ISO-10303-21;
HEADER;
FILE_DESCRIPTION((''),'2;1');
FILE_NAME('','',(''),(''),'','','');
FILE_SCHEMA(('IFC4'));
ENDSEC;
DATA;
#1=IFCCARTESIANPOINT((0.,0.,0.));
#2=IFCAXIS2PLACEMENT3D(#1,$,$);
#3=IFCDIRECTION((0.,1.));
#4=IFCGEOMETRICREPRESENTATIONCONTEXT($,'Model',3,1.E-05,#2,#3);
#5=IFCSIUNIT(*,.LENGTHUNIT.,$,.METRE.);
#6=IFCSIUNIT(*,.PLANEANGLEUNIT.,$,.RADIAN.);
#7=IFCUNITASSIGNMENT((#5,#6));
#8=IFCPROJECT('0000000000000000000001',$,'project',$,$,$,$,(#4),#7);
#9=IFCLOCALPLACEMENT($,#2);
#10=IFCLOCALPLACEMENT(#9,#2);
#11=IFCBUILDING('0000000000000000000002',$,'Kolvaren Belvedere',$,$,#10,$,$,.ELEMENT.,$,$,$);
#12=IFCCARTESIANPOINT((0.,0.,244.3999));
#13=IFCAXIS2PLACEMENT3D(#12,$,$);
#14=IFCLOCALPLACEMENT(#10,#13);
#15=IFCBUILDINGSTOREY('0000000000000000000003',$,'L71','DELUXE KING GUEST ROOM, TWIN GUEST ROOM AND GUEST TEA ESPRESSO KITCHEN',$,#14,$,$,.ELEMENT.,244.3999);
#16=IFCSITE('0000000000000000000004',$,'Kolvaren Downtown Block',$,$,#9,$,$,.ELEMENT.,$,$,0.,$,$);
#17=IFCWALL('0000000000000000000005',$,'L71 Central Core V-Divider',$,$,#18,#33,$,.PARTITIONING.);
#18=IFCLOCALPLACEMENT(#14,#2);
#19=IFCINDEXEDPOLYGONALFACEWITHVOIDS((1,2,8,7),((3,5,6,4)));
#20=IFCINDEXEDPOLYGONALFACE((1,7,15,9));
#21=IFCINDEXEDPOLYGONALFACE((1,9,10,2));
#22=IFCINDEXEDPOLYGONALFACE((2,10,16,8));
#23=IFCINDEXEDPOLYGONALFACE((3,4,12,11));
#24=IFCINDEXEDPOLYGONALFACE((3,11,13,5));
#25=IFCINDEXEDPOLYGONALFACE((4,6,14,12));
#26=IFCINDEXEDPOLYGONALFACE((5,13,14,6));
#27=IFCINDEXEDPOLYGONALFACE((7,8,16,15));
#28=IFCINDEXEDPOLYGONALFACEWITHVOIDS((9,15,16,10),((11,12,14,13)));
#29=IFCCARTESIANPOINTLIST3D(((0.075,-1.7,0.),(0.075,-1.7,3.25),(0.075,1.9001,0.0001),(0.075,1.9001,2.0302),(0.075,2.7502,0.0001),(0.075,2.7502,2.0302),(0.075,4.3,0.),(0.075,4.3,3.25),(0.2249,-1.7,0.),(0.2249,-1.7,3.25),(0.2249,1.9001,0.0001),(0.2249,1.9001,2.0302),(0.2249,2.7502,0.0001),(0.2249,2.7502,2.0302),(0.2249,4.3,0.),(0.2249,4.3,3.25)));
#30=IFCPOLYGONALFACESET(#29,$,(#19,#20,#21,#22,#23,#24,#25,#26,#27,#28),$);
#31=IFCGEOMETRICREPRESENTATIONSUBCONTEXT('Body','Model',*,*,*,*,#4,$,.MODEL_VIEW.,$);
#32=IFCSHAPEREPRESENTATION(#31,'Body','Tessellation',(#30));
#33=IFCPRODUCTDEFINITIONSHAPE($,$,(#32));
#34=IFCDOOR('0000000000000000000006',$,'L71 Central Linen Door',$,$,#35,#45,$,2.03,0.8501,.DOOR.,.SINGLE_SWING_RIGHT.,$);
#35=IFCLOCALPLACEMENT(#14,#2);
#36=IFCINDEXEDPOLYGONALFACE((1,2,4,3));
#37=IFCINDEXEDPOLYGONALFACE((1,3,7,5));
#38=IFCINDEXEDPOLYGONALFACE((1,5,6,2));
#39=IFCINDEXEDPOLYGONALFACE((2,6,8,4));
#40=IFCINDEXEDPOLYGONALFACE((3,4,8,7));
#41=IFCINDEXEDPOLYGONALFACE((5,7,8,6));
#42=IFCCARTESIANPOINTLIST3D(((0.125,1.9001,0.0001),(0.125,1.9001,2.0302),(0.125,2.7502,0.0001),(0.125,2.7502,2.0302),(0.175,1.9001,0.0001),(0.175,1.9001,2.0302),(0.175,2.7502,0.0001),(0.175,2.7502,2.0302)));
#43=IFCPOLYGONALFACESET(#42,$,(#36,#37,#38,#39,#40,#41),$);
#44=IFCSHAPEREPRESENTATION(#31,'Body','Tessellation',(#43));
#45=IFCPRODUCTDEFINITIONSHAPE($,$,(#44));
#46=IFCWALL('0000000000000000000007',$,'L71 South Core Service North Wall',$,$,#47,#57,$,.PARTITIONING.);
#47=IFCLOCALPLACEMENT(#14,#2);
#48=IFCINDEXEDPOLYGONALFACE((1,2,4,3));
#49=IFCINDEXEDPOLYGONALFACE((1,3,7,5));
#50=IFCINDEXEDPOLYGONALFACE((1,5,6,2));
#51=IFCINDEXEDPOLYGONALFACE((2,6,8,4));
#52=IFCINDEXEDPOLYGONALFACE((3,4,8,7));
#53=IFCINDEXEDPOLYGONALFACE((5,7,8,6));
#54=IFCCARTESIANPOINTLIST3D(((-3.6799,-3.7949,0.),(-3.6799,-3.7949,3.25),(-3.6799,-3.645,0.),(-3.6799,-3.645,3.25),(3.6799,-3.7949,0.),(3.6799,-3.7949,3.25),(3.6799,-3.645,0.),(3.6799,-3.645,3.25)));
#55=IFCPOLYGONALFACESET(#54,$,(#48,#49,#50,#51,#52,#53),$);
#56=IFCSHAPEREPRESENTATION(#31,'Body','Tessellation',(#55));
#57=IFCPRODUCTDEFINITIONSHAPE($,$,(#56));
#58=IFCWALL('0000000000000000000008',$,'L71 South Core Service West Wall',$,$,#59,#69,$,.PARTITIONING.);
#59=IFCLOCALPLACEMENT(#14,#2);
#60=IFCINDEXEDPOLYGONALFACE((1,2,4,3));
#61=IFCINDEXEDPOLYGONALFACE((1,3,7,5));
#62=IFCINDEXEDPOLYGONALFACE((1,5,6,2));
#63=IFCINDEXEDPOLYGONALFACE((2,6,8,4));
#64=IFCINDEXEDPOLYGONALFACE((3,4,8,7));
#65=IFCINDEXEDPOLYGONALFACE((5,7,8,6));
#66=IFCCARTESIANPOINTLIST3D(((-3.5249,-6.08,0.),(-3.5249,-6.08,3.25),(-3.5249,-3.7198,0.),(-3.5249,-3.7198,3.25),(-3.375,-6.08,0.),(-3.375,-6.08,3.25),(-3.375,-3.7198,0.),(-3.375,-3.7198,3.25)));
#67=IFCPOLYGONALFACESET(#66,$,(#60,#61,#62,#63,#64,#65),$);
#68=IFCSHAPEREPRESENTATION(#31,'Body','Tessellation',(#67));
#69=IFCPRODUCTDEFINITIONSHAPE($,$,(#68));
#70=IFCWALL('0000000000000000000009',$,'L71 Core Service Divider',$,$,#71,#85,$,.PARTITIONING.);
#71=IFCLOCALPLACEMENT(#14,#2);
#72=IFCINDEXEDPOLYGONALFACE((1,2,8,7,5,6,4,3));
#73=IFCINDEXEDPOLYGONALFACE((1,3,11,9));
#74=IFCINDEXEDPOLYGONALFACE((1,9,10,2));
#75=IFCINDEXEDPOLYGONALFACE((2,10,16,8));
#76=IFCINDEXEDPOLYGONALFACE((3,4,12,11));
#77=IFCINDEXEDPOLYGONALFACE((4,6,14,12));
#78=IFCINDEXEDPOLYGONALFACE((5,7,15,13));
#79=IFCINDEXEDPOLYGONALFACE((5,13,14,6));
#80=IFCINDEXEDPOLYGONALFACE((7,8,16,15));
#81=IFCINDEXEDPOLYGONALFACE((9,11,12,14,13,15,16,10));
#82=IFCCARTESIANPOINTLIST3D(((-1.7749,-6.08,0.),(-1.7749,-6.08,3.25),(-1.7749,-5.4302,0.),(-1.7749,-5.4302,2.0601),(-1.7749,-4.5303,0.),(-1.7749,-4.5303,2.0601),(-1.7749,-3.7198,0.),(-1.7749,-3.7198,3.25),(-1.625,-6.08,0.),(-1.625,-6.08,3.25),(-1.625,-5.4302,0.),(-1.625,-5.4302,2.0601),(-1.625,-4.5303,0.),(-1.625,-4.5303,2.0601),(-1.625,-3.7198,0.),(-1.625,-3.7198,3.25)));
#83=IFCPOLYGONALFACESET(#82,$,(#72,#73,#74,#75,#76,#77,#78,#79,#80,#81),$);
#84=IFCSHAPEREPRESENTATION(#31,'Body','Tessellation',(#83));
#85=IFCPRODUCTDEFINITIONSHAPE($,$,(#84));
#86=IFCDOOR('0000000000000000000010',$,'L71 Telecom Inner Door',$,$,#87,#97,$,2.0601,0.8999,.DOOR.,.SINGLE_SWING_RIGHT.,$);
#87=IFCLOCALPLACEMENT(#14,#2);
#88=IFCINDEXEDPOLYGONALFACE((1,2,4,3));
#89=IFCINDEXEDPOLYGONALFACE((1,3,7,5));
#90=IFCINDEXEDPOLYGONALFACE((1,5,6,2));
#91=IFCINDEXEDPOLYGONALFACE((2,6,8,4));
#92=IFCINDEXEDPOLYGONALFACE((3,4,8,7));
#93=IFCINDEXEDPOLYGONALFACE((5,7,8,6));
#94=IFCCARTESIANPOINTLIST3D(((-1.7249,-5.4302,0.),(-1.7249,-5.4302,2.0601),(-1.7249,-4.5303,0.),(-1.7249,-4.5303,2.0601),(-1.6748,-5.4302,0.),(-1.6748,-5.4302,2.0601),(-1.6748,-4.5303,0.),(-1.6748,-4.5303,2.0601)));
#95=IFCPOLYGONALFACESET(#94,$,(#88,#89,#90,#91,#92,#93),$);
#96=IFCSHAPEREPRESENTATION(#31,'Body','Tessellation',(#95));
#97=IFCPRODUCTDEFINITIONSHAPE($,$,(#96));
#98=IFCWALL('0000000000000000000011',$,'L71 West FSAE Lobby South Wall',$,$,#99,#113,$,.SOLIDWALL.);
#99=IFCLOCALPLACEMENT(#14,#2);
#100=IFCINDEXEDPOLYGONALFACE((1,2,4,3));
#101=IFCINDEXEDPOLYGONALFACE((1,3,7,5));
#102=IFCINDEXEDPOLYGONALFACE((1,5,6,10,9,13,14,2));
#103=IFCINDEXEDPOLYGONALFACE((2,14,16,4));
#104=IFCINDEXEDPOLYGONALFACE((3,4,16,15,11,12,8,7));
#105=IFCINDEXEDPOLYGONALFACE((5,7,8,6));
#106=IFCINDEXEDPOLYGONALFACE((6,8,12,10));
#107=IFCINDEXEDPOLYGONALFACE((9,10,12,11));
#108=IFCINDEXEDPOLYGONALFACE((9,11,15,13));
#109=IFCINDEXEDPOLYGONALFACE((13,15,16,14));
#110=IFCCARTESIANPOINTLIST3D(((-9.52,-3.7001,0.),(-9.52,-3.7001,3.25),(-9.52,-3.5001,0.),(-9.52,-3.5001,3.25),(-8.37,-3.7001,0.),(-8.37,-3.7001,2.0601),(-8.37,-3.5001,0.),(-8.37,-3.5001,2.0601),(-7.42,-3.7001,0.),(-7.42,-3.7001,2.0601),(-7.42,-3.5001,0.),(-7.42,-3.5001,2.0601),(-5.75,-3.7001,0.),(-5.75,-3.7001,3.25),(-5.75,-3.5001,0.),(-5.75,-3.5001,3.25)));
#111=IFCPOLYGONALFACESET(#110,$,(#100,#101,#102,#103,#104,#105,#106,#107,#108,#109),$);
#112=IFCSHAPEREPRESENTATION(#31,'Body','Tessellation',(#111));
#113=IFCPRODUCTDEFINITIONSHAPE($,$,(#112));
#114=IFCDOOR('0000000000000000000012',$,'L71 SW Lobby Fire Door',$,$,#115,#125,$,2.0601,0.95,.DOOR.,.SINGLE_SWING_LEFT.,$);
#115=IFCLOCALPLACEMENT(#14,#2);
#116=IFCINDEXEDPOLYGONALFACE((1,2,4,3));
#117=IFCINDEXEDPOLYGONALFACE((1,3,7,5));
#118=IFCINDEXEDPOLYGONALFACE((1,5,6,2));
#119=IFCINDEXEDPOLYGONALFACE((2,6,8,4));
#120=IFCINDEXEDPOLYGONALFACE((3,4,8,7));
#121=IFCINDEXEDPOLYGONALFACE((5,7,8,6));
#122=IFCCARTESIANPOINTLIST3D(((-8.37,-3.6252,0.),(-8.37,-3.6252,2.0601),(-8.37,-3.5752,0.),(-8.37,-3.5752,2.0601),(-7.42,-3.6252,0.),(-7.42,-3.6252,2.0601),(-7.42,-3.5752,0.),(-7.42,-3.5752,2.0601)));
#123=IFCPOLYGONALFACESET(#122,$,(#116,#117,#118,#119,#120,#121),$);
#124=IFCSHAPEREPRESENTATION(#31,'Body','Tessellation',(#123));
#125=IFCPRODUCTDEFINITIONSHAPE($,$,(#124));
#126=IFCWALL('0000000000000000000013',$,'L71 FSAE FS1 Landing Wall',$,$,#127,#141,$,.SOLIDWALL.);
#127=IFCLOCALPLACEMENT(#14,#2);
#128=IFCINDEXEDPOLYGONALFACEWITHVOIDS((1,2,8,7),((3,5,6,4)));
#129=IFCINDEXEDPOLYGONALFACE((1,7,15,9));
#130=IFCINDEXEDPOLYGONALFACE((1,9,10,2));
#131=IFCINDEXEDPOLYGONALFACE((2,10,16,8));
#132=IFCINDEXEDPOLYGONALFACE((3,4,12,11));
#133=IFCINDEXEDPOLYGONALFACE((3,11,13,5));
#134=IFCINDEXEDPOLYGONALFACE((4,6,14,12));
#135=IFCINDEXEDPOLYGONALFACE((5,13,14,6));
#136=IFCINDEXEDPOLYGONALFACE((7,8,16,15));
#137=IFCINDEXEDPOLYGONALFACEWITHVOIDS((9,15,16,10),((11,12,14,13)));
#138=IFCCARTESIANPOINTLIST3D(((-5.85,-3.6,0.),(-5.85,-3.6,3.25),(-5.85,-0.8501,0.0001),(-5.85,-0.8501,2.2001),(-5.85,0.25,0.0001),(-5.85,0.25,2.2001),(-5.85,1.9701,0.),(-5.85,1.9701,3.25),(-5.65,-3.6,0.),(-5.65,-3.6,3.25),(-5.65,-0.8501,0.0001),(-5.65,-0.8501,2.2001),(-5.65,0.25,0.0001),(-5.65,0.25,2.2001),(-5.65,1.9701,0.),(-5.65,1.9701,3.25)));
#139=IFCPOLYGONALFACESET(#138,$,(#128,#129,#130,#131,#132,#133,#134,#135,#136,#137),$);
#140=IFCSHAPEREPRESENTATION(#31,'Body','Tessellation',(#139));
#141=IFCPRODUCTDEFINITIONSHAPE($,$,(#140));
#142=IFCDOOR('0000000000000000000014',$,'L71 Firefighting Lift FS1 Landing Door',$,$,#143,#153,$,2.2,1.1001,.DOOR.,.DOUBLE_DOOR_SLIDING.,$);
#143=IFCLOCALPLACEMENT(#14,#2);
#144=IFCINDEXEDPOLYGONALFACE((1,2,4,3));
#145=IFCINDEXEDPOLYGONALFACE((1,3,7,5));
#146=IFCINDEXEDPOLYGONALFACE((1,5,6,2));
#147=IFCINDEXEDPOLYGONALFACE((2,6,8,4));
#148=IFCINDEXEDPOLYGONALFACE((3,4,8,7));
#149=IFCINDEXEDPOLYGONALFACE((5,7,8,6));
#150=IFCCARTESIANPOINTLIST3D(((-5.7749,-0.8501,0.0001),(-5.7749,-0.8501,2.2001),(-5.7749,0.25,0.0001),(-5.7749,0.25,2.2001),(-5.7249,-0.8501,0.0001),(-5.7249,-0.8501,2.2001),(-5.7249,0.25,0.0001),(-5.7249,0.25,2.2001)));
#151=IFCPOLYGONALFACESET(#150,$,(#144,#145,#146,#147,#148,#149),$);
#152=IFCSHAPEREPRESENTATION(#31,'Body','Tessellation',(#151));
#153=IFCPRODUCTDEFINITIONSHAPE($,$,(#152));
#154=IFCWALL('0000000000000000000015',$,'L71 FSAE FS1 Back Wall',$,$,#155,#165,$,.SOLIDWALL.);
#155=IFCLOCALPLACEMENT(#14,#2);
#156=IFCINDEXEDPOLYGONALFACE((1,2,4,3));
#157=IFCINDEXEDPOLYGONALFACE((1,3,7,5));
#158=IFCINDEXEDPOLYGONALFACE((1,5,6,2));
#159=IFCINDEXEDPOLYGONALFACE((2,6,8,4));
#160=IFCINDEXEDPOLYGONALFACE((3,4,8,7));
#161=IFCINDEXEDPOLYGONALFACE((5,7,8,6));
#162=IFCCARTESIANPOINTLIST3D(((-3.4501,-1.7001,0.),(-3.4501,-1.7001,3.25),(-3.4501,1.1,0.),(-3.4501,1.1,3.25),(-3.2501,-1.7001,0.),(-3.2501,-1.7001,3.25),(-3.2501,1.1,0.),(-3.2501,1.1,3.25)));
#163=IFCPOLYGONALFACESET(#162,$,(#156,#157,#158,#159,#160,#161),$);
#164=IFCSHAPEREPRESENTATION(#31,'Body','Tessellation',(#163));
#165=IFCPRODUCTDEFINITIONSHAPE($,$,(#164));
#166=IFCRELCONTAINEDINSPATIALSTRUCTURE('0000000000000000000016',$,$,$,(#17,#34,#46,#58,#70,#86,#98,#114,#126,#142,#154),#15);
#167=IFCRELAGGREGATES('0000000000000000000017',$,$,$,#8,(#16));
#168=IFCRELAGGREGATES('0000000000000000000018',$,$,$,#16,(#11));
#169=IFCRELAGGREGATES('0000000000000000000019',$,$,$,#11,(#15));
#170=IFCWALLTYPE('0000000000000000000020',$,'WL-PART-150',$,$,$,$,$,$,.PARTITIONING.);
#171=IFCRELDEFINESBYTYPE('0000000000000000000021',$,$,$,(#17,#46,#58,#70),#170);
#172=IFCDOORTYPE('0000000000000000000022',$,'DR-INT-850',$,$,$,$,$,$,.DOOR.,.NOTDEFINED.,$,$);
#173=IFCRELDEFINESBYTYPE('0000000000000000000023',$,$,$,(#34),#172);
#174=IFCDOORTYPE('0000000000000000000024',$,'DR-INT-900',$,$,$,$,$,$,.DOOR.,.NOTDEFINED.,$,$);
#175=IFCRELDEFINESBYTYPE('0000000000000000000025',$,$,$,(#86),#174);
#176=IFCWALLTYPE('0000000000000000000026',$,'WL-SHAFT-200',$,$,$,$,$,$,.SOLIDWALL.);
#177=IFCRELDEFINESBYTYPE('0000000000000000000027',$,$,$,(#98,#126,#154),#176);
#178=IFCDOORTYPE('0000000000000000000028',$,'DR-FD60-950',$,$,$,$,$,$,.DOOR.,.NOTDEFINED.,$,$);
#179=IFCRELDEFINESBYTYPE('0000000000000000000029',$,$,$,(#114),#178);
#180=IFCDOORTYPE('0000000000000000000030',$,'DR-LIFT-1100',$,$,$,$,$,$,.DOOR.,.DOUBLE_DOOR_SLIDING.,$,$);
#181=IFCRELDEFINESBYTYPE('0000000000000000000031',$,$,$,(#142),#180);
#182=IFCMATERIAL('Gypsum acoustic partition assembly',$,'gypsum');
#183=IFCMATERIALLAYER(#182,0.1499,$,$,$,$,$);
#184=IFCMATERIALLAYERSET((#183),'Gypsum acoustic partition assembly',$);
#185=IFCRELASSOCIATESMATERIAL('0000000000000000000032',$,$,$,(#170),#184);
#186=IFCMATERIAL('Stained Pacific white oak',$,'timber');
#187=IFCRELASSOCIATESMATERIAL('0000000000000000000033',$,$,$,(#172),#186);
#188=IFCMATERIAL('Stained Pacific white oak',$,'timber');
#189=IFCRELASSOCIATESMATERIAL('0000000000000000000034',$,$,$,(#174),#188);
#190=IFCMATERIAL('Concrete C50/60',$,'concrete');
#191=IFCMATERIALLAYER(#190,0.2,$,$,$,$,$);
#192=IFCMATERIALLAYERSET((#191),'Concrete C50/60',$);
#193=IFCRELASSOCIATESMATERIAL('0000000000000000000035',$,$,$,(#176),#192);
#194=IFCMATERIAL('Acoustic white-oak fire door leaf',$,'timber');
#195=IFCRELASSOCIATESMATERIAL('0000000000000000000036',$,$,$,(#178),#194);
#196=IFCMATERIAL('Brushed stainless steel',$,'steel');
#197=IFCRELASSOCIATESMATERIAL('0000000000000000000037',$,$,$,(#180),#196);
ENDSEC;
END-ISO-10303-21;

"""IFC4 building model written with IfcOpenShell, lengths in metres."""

from ifc_helpers import new_model, si_unit, direction, frame, frame_2d, origin, place, context, subcontext, project, spatial, rectangle, extrude, material, layer, layer_set, type_object, element, fill, save


model = new_model("IFC4")

# Units and contexts
model_context = context("Model", 3, precision=1e-05, world=origin(), true_north=direction((0.0, 1.0)))
body_context = subcontext(model_context, "Body", "Model", "MODEL_VIEW")
ifc_project = project(units=[si_unit("LENGTHUNIT", "METRE"), si_unit("PLANEANGLEUNIT", "RADIAN")], contexts=[model_context])

# Site, building, storey
site_placement = place(None, origin())
site = spatial("IfcSite", under=ifc_project, at=site_placement, Name="Kolvaren Downtown Block", CompositionType="ELEMENT", RefElevation=0.0)
building_placement = place(site_placement, origin())
building = spatial("IfcBuilding", under=site, at=building_placement, Name="Kolvaren Belvedere", CompositionType="ELEMENT")
storey_placement = place(building_placement, frame((0.0, 0.0, 244.3999)))
storey = spatial("IfcBuildingStorey", under=building, at=storey_placement, Name="L71", Description="DELUXE KING GUEST ROOM, TWIN GUEST ROOM AND GUEST TEA ESPRESSO KITCHEN", CompositionType="ELEMENT", Elevation=244.3999)

# Wall, opening, door
ifc_material_1 = material(Name="Gypsum acoustic partition assembly", Category="gypsum")
ifc_layer_1 = layer(ifc_material_1, 0.1499)
ifc_layer_set_1 = layer_set([ifc_layer_1], Name="Gypsum acoustic partition assembly")
wall_type_1 = type_object("IfcWallType", Name="WL-PART-150", PredefinedType="PARTITIONING", material=ifc_layer_set_1)
wall_1_placement = place(storey_placement, frame((0.1499, -1.7, 0.0), z_axis=(0.0, 0.0, 1.0), x_axis=(0.0, 1.0, 0.0)))
wall_1 = element("IfcWall", 1, at=wall_1_placement, inside=storey, type_object=wall_type_1, Name="L71 Central Core V-Divider", PredefinedType="PARTITIONING", context=body_context, shape_type="SweptSolid", body=[
    extrude(rectangle(XDim=6.0, YDim=0.1499, at=frame_2d((3.0, 0.0))), origin(), (0.0, 0.0, 1.0), 3.25),
])
opening_1_placement = place(wall_1_placement, frame((3.6001, 0.0, 0.0)))
opening_1 = element("IfcOpeningElement", 2, at=opening_1_placement, cuts=wall_1, PredefinedType="OPENING", context=body_context, shape_type="SweptSolid", body=[
    extrude(rectangle(XDim=0.8501, YDim=2.03, at=frame_2d((0.425, 1.0151))), frame((0.0, 0.085, 0.0), z_axis=(0.0, -1.0, 0.0), x_axis=(1.0, 0.0, 0.0)), (0.0, 0.0, 1.0), 0.1699),
])
ifc_material_2 = material(Name="Stained Pacific white oak", Category="timber")
door_type_1 = type_object("IfcDoorType", Name="DR-INT-850", OperationType="NOTDEFINED", PredefinedType="DOOR", material=ifc_material_2)
door_1_placement = place(opening_1_placement, origin())
door_1 = element("IfcDoor", 3, at=door_1_placement, inside=storey, type_object=door_type_1, Name="L71 Central Linen Door", OperationType="SINGLE_SWING_RIGHT", OverallHeight=2.03, OverallWidth=0.8501, PredefinedType="DOOR", context=body_context, shape_type="SweptSolid", body=[
    extrude(rectangle(XDim=0.8501, YDim=2.03, at=frame_2d((0.425, 1.0151))), frame((0.0, 0.0249, 0.0), z_axis=(0.0, -1.0, 0.0), x_axis=(1.0, 0.0, 0.0)), (0.0, 0.0, 1.0), 0.05),
])
fill(opening_1, door_1)

# Walls
wall_2_placement = place(storey_placement, frame((-3.6799, -3.72, 0.0), z_axis=(0.0, 0.0, 1.0), x_axis=(1.0, 0.0, 0.0)))
element("IfcWall", 4, at=wall_2_placement, inside=storey, type_object=wall_type_1, Name="L71 South Core Service North Wall", PredefinedType="PARTITIONING", context=body_context, shape_type="SweptSolid", body=[
    extrude(rectangle(XDim=7.3599, YDim=0.1499, at=frame_2d((3.6799, 0.0))), origin(), (0.0, 0.0, 1.0), 3.25),
])
wall_3_placement = place(storey_placement, frame((-3.45, -6.0801, 0.0), z_axis=(0.0, 0.0, 1.0), x_axis=(0.0, 1.0, 0.0)))
element("IfcWall", 5, at=wall_3_placement, inside=storey, type_object=wall_type_1, Name="L71 South Core Service West Wall", PredefinedType="PARTITIONING", context=body_context, shape_type="SweptSolid", body=[
    extrude(rectangle(XDim=2.3601, YDim=0.1499, at=frame_2d((1.1802, 0.0))), origin(), (0.0, 0.0, 1.0), 3.25),
])

# Walls, openings, doors
wall_4_placement = place(storey_placement, frame((-1.7, -6.0801, 0.0), z_axis=(0.0, 0.0, 1.0), x_axis=(0.0, 1.0, 0.0)))
wall_4 = element("IfcWall", 6, at=wall_4_placement, inside=storey, type_object=wall_type_1, Name="L71 Core Service Divider", PredefinedType="PARTITIONING", context=body_context, shape_type="SweptSolid", body=[
    extrude(rectangle(XDim=2.3601, YDim=0.1499, at=frame_2d((1.1802, 0.0))), origin(), (0.0, 0.0, 1.0), 3.25),
])
opening_2_placement = place(wall_4_placement, frame((0.6499, 0.0, 0.0)))
opening_2 = element("IfcOpeningElement", 7, at=opening_2_placement, cuts=wall_4, PredefinedType="OPENING", context=body_context, shape_type="SweptSolid", body=[
    extrude(rectangle(XDim=0.8999, YDim=2.0601, at=frame_2d((0.45, 1.03))), frame((0.0, 0.085, 0.0), z_axis=(0.0, -1.0, 0.0), x_axis=(1.0, 0.0, 0.0)), (0.0, 0.0, 1.0), 0.1699),
])
ifc_material_3 = material(Name="Stained Pacific white oak", Category="timber")
door_type_2 = type_object("IfcDoorType", Name="DR-INT-900", OperationType="NOTDEFINED", PredefinedType="DOOR", material=ifc_material_3)
door_2_placement = place(opening_2_placement, origin())
door_2 = element("IfcDoor", 8, at=door_2_placement, inside=storey, type_object=door_type_2, Name="L71 Telecom Inner Door", OperationType="SINGLE_SWING_RIGHT", OverallHeight=2.0601, OverallWidth=0.8999, PredefinedType="DOOR", context=body_context, shape_type="SweptSolid", body=[
    extrude(rectangle(XDim=0.8999, YDim=2.0601, at=frame_2d((0.45, 1.03))), frame((0.0, 0.0249, 0.0), z_axis=(0.0, -1.0, 0.0), x_axis=(1.0, 0.0, 0.0)), (0.0, 0.0, 1.0), 0.05),
])
fill(opening_2, door_2)
ifc_material_4 = material(Name="Concrete C50/60", Category="concrete")
ifc_layer_2 = layer(ifc_material_4, 0.2)
ifc_layer_set_2 = layer_set([ifc_layer_2], Name="Concrete C50/60")
wall_type_2 = type_object("IfcWallType", Name="WL-SHAFT-200", PredefinedType="SOLIDWALL", material=ifc_layer_set_2)
wall_5_placement = place(storey_placement, frame((-9.52, -3.6001, 0.0), z_axis=(0.0, 0.0, 1.0), x_axis=(1.0, 0.0, 0.0)))
wall_5 = element("IfcWall", 9, at=wall_5_placement, inside=storey, type_object=wall_type_2, Name="L71 West FSAE Lobby South Wall", PredefinedType="SOLIDWALL", context=body_context, shape_type="SweptSolid", body=[
    extrude(rectangle(XDim=3.77, YDim=0.2, at=frame_2d((1.885, 0.0))), origin(), (0.0, 0.0, 1.0), 3.25),
])
opening_3_placement = place(wall_5_placement, frame((1.1499, 0.0, 0.0)))
opening_3 = element("IfcOpeningElement", 10, at=opening_3_placement, cuts=wall_5, PredefinedType="OPENING", context=body_context, shape_type="SweptSolid", body=[
    extrude(rectangle(XDim=0.95, YDim=2.0601, at=frame_2d((0.4751, 1.03))), frame((0.0, 0.1099, 0.0), z_axis=(0.0, -1.0, 0.0), x_axis=(1.0, 0.0, 0.0)), (0.0, 0.0, 1.0), 0.22),
])
ifc_material_5 = material(Name="Acoustic white-oak fire door leaf", Category="timber")
door_type_3 = type_object("IfcDoorType", Name="DR-FD60-950", OperationType="NOTDEFINED", PredefinedType="DOOR", material=ifc_material_5)
door_3_placement = place(opening_3_placement, origin())
door_3 = element("IfcDoor", 11, at=door_3_placement, inside=storey, type_object=door_type_3, Name="L71 SW Lobby Fire Door", OperationType="SINGLE_SWING_LEFT", OverallHeight=2.0601, OverallWidth=0.95, PredefinedType="DOOR", context=body_context, shape_type="SweptSolid", body=[
    extrude(rectangle(XDim=0.95, YDim=2.0601, at=frame_2d((0.4751, 1.03))), frame((0.0, 0.0249, 0.0), z_axis=(0.0, -1.0, 0.0), x_axis=(1.0, 0.0, 0.0)), (0.0, 0.0, 1.0), 0.05),
])
fill(opening_3, door_3)
wall_6_placement = place(storey_placement, frame((-5.75, -3.6001, 0.0), z_axis=(0.0, 0.0, 1.0), x_axis=(0.0, 1.0, 0.0)))
wall_6 = element("IfcWall", 12, at=wall_6_placement, inside=storey, type_object=wall_type_2, Name="L71 FSAE FS1 Landing Wall", PredefinedType="SOLIDWALL", context=body_context, shape_type="SweptSolid", body=[
    extrude(rectangle(XDim=5.5701, YDim=0.2, at=frame_2d((2.7852, 0.0))), origin(), (0.0, 0.0, 1.0), 3.25),
])
opening_4_placement = place(wall_6_placement, frame((2.75, 0.0, 0.0)))
opening_4 = element("IfcOpeningElement", 13, at=opening_4_placement, cuts=wall_6, PredefinedType="OPENING", context=body_context, shape_type="SweptSolid", body=[
    extrude(rectangle(XDim=1.1001, YDim=2.2, at=frame_2d((0.55, 1.1001))), frame((0.0, 0.1099, 0.0), z_axis=(0.0, -1.0, 0.0), x_axis=(1.0, 0.0, 0.0)), (0.0, 0.0, 1.0), 0.22),
])
ifc_material_6 = material(Name="Brushed stainless steel", Category="steel")
door_type_4 = type_object("IfcDoorType", Name="DR-LIFT-1100", OperationType="DOUBLE_DOOR_SLIDING", PredefinedType="DOOR", material=ifc_material_6)
door_4_placement = place(opening_4_placement, origin())
door_4 = element("IfcDoor", 14, at=door_4_placement, inside=storey, type_object=door_type_4, Name="L71 Firefighting Lift FS1 Landing Door", OperationType="DOUBLE_DOOR_SLIDING", OverallHeight=2.2, OverallWidth=1.1001, PredefinedType="DOOR", context=body_context, shape_type="SweptSolid", body=[
    extrude(rectangle(XDim=1.1001, YDim=2.2, at=frame_2d((0.55, 1.1001))), frame((0.0, 0.0249, 0.0), z_axis=(0.0, -1.0, 0.0), x_axis=(1.0, 0.0, 0.0)), (0.0, 0.0, 1.0), 0.05),
])
fill(opening_4, door_4)

# Wall
wall_7_placement = place(storey_placement, frame((-3.3501, -1.7, 0.0), z_axis=(0.0, 0.0, 1.0), x_axis=(0.0, 1.0, 0.0)))
element("IfcWall", 15, at=wall_7_placement, inside=storey, type_object=wall_type_2, Name="L71 FSAE FS1 Back Wall", PredefinedType="SOLIDWALL", context=body_context, shape_type="SweptSolid", body=[
    extrude(rectangle(XDim=2.8, YDim=0.2, at=frame_2d((1.3999, 0.0))), origin(), (0.0, 0.0, 1.0), 3.25),
])

save(model, "model.ifc")
